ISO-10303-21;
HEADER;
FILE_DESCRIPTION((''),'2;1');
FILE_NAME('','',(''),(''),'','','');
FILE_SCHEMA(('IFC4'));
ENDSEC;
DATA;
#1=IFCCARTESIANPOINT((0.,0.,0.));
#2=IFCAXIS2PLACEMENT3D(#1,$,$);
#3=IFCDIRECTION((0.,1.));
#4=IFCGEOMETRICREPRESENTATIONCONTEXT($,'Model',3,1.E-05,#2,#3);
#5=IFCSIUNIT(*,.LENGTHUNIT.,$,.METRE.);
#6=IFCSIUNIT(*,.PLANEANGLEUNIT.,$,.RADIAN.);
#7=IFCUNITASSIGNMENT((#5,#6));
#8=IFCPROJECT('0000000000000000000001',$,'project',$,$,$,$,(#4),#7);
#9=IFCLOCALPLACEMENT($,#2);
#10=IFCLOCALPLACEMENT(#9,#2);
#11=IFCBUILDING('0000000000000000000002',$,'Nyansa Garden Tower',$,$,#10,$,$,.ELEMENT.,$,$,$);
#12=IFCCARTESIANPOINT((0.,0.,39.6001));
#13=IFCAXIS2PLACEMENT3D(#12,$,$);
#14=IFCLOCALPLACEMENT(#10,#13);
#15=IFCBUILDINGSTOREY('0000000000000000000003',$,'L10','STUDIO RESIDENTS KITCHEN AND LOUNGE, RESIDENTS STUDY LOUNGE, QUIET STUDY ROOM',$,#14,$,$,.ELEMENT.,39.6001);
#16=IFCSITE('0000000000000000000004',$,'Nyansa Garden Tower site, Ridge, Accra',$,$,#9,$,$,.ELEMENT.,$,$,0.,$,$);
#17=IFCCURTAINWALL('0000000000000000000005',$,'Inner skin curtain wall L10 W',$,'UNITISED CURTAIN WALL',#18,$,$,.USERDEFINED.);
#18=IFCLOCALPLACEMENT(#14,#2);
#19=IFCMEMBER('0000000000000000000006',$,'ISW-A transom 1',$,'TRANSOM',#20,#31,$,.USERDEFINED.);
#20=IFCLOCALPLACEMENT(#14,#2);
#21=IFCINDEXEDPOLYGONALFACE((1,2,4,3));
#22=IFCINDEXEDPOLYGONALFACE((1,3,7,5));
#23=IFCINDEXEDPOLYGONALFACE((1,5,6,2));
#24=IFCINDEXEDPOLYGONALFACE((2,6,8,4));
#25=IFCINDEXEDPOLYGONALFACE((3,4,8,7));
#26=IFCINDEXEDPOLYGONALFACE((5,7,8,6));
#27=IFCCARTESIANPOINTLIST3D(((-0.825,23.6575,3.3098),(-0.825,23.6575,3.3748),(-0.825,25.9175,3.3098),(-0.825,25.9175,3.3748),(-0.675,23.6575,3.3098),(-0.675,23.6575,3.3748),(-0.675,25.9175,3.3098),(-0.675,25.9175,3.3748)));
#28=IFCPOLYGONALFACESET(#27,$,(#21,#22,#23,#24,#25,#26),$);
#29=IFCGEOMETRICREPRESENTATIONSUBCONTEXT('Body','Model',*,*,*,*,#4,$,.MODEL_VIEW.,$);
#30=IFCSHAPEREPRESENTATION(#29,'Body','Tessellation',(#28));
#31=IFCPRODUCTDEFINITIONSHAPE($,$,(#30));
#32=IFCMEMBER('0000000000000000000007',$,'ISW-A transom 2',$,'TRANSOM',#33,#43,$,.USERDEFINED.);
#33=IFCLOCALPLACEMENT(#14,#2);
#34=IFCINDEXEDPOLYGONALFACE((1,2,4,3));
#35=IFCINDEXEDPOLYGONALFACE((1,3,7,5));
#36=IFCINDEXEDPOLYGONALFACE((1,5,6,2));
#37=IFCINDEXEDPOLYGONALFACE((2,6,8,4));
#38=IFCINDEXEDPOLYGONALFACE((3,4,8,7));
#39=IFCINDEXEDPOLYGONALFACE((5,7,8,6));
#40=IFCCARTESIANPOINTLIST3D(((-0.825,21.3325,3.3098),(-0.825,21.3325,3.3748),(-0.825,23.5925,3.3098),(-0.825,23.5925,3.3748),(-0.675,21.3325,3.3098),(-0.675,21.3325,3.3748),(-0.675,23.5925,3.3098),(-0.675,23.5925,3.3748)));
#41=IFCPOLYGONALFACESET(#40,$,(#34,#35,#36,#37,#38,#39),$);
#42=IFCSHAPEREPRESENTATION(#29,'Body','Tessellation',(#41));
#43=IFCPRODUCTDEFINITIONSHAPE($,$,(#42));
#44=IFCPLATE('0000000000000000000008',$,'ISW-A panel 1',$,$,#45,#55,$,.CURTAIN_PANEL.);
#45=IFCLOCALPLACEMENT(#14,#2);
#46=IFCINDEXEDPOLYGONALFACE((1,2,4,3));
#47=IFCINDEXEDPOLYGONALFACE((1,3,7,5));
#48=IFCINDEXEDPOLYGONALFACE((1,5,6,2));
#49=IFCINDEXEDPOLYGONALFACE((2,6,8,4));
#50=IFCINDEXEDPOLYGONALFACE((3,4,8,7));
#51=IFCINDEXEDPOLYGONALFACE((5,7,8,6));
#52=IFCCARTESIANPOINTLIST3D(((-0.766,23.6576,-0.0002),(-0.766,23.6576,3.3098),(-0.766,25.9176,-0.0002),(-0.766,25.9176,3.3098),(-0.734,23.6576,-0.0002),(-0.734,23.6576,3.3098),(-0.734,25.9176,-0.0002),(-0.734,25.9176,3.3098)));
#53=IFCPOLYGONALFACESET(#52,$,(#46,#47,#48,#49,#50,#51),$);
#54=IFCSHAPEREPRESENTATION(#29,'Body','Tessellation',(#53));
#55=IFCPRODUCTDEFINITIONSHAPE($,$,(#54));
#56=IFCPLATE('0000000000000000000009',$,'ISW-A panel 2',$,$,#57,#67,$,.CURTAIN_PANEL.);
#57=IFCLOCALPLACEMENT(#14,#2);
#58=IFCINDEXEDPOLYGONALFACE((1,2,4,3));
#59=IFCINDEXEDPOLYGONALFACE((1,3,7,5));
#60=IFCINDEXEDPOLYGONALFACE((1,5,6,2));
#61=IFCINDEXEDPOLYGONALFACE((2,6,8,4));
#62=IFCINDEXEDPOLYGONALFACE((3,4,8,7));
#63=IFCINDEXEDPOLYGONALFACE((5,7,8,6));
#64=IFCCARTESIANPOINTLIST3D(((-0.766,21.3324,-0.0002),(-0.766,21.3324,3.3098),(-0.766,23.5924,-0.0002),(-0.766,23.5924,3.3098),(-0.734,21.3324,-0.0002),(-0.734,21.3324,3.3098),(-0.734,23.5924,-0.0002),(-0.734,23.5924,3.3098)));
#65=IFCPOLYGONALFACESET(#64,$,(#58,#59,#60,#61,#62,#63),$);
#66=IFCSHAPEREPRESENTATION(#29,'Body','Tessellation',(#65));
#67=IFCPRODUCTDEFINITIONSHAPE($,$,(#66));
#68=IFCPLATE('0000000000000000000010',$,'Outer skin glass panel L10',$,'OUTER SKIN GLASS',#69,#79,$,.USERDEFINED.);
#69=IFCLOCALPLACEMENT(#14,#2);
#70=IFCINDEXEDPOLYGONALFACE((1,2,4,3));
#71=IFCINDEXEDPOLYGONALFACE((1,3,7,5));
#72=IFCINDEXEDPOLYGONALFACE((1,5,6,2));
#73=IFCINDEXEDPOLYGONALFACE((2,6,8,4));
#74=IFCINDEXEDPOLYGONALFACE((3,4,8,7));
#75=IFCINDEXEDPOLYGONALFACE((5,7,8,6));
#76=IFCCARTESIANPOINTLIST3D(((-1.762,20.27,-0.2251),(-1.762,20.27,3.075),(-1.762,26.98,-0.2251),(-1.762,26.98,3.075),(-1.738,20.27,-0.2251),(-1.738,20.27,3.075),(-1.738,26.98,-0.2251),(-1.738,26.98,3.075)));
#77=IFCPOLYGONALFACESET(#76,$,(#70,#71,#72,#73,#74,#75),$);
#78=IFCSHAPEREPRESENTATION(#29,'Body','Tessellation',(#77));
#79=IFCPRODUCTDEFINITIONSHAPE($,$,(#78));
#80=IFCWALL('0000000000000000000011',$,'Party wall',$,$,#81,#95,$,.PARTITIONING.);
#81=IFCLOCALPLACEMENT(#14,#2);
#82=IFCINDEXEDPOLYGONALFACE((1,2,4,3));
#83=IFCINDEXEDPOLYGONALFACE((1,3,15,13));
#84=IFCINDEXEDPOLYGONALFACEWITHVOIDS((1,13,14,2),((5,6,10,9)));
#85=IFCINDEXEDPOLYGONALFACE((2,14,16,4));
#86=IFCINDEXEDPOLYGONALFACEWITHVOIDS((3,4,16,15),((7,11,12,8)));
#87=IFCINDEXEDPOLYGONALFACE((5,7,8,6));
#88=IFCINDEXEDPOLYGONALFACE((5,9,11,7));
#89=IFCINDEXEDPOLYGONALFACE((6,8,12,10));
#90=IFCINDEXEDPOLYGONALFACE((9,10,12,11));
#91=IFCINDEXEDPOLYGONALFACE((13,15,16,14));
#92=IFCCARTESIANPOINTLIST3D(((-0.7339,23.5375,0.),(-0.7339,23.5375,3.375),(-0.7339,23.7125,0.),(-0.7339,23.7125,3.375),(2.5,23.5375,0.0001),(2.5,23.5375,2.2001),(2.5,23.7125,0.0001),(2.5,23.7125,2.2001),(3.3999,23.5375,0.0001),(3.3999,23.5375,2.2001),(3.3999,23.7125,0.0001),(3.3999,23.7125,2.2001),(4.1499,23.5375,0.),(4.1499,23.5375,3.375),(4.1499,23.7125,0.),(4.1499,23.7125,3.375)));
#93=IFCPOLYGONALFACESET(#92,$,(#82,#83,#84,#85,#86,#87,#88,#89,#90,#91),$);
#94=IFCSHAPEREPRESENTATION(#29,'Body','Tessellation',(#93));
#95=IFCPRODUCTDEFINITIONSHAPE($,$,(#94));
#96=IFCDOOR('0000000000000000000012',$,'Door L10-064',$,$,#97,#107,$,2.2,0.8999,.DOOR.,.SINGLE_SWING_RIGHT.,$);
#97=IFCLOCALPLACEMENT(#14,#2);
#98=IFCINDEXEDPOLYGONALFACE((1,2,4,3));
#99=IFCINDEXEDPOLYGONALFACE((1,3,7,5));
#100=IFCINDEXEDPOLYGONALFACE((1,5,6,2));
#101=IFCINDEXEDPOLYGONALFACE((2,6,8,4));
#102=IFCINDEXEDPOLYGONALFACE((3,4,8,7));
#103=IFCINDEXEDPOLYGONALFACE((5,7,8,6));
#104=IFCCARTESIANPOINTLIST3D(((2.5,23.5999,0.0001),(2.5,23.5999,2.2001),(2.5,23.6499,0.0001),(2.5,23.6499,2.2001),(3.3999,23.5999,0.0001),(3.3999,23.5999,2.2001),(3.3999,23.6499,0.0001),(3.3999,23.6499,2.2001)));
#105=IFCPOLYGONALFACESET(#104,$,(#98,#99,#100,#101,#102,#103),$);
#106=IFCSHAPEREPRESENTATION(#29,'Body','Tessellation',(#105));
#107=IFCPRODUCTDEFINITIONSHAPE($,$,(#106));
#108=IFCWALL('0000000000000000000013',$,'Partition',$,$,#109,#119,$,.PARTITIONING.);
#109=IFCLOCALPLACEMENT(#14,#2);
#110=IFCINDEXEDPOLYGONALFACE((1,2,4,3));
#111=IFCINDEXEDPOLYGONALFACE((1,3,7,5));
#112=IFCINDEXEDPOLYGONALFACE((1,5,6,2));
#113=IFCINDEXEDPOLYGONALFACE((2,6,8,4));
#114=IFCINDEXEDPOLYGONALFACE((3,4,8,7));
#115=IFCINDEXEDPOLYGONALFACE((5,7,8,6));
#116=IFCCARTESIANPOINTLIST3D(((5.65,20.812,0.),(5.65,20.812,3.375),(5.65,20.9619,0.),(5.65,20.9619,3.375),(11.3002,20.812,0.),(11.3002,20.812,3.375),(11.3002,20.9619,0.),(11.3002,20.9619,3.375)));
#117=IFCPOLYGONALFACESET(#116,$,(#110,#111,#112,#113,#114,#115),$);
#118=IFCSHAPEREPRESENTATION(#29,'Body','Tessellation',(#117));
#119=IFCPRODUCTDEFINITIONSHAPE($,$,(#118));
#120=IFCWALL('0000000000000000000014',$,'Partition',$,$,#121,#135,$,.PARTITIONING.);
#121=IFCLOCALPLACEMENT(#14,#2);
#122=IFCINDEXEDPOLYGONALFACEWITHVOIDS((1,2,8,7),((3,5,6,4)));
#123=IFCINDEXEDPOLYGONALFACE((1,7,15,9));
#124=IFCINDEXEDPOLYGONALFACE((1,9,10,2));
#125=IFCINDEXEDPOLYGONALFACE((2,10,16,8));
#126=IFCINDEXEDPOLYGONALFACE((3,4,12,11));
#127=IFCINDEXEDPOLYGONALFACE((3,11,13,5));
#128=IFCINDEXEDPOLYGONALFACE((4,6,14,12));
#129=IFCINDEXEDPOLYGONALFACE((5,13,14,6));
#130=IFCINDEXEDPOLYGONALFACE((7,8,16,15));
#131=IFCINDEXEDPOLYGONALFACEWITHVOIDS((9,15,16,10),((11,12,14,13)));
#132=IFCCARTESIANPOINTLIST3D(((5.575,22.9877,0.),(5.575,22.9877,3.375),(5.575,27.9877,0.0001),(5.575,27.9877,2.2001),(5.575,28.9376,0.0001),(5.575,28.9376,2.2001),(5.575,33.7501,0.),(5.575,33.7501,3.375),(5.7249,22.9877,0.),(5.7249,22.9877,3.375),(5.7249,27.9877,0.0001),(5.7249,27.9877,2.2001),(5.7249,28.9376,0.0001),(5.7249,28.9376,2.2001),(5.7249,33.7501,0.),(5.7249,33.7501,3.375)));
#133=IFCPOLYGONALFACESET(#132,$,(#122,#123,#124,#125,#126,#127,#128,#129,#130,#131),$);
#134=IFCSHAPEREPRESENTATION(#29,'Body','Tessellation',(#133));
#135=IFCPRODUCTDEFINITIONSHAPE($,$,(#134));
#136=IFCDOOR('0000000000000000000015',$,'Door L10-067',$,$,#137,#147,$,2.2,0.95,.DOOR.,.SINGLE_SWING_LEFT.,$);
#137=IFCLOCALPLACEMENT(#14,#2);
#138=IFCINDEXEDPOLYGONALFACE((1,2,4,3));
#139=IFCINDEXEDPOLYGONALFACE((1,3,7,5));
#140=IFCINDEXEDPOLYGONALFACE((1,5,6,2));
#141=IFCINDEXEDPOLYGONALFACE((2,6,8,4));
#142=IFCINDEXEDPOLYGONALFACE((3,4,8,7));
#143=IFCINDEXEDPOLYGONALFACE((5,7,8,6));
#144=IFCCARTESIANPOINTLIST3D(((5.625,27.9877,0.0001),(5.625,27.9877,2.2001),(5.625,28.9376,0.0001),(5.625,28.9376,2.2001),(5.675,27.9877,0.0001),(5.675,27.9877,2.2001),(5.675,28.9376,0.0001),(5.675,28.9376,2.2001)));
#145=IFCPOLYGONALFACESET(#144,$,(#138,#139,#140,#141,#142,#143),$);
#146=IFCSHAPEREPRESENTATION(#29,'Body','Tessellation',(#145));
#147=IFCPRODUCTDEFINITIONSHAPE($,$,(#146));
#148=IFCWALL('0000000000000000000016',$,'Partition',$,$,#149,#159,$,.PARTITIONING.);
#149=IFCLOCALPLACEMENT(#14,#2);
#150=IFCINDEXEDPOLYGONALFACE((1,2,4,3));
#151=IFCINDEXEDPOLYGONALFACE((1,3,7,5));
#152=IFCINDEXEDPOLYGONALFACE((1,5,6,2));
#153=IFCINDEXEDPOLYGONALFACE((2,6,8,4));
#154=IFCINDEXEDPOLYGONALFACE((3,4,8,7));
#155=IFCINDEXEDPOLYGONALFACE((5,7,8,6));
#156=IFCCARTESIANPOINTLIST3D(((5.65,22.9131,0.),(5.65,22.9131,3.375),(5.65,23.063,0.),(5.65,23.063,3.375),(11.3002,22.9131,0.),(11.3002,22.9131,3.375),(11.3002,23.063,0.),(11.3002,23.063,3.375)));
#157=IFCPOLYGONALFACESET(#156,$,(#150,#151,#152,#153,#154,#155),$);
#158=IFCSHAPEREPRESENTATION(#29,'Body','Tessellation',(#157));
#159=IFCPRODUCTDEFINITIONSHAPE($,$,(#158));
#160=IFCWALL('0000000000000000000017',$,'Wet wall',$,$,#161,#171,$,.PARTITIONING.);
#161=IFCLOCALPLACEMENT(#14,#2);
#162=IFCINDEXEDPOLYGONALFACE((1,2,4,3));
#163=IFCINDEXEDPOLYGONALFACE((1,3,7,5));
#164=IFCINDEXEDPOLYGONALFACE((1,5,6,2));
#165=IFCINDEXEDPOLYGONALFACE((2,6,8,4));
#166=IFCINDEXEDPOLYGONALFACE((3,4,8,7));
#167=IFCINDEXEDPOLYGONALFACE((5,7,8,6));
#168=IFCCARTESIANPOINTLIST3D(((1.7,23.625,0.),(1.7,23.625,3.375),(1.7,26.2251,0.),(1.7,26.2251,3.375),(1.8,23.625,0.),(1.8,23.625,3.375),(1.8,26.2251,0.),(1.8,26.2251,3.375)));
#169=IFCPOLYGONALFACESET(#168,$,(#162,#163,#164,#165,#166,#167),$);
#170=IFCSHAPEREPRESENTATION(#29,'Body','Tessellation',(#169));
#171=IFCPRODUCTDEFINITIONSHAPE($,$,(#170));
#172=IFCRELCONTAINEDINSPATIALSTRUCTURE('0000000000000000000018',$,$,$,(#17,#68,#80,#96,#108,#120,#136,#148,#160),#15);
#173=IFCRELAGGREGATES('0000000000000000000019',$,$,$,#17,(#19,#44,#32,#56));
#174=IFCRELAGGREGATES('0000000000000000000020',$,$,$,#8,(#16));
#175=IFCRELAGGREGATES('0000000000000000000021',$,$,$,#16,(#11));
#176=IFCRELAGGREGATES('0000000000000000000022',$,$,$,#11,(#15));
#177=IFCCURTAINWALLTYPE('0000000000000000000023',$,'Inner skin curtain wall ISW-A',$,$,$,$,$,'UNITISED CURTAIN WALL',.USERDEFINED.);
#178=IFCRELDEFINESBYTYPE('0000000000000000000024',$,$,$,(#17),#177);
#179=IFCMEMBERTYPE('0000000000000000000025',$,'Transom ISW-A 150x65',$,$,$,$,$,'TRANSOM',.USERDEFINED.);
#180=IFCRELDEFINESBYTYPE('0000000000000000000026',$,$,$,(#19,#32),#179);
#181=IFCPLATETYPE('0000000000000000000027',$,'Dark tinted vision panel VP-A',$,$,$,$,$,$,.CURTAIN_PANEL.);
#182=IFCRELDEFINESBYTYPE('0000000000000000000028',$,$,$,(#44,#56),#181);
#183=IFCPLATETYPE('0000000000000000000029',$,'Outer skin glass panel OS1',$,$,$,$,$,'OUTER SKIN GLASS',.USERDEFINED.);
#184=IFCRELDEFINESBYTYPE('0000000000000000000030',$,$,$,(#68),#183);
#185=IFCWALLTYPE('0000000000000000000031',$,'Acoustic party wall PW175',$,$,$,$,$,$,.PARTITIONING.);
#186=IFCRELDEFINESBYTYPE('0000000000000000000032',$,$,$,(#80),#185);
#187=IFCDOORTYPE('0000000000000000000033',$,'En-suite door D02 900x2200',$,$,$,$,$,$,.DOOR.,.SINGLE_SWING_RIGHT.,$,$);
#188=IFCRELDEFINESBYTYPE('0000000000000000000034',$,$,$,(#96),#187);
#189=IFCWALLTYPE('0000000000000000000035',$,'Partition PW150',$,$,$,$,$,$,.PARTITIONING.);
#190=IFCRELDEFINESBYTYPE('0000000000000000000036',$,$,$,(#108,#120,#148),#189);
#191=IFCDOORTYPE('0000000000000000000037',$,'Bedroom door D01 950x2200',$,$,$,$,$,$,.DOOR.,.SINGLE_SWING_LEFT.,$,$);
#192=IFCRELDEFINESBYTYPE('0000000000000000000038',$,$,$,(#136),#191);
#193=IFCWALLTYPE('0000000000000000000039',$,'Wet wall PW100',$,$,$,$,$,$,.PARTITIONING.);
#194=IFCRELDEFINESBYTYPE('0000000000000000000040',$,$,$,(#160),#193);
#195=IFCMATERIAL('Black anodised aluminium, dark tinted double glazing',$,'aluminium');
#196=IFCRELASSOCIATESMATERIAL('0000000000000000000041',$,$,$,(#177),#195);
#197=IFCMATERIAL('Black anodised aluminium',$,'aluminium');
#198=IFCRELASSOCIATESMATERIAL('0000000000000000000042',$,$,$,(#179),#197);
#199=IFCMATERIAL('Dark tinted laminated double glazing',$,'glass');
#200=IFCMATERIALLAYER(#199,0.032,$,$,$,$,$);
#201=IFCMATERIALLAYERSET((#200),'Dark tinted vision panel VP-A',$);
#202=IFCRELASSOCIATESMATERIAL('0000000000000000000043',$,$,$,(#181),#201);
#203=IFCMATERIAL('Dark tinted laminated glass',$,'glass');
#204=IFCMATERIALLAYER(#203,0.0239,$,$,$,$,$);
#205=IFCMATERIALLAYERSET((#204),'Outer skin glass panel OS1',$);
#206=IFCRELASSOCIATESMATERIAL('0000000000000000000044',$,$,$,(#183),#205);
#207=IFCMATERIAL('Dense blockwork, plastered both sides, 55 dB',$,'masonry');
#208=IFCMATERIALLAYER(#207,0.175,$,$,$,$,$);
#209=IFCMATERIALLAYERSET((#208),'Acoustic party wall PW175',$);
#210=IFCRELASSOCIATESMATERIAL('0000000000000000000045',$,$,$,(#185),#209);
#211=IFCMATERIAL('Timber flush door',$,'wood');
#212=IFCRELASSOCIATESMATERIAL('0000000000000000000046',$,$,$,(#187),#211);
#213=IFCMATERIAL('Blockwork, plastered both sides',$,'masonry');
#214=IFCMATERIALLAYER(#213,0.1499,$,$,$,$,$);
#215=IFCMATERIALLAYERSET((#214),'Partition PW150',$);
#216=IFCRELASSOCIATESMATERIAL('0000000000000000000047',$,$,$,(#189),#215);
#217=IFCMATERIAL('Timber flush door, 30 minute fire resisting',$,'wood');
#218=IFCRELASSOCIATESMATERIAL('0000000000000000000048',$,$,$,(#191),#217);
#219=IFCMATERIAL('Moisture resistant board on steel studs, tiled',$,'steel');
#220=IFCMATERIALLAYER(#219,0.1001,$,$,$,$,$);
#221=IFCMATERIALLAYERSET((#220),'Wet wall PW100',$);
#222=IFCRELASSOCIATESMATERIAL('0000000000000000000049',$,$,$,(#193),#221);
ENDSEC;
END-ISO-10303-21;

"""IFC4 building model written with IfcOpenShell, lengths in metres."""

from ifc_helpers import new_model, si_unit, direction, frame, frame_2d, origin, origin_2d, place, context, subcontext, project, spatial, rectangle, extrude, material, layer, layer_set, material_profile, profile_set, type_object, element, fill, aggregate, save


model = new_model("IFC4")

# Units and contexts
model_context = context("Model", 3, precision=1e-05, world=origin(), true_north=direction((0.0, 1.0)))
body_context = subcontext(model_context, "Body", "Model", "MODEL_VIEW")
ifc_project = project(units=[si_unit("LENGTHUNIT", "METRE"), si_unit("PLANEANGLEUNIT", "RADIAN")], contexts=[model_context])

# Site, building, storey
site_placement = place(None, origin())
site = spatial("IfcSite", under=ifc_project, at=site_placement, Name="Nyansa Garden Tower site, Ridge, Accra", CompositionType="ELEMENT", RefElevation=0.0)
building_placement = place(site_placement, origin())
building = spatial("IfcBuilding", under=site, at=building_placement, Name="Nyansa Garden Tower", CompositionType="ELEMENT")
storey_placement = place(building_placement, frame((0.0, 0.0, 39.6001)))
storey = spatial("IfcBuildingStorey", under=building, at=storey_placement, Name="L10", Description="STUDIO RESIDENTS KITCHEN AND LOUNGE, RESIDENTS STUDY LOUNGE, QUIET STUDY ROOM", CompositionType="ELEMENT", Elevation=39.6001)

# Curtain wall
ifc_material_1 = material(Name="Black anodised aluminium, dark tinted double glazing", Category="aluminium")
curtain_wall_type = type_object("IfcCurtainWallType", Name="Inner skin curtain wall ISW-A", ElementType="UNITISED CURTAIN WALL", PredefinedType="USERDEFINED", material=ifc_material_1)
curtain_wall_placement = place(storey_placement, origin())
curtain_wall = element("IfcCurtainWall", 1, at=curtain_wall_placement, inside=storey, type_object=curtain_wall_type, Name="Inner skin curtain wall L10 W", ObjectType="UNITISED CURTAIN WALL", PredefinedType="USERDEFINED")

# Members
ifc_material_2 = material(Name="Black anodised aluminium", Category="aluminium")
ifc_material_profile_1 = material_profile(ifc_material_2, rectangle(XDim=0.1499, YDim=0.0649, at=origin_2d()), Name="Transom 150x65")
ifc_profile_set_1 = profile_set([ifc_material_profile_1], Name="Black anodised aluminium")
member_type_1 = type_object("IfcMemberType", Name="Transom ISW-A 150x65", ElementType="TRANSOM", PredefinedType="USERDEFINED", material=ifc_profile_set_1)
member_1_placement = place(storey_placement, frame((-0.75, 25.9175, 3.3423), z_axis=(0.0, -1.0, 0.0), x_axis=(1.0, 0.0, 0.0)))
member_1 = element("IfcMember", 2, at=member_1_placement, type_object=member_type_1, Name="ISW-A transom 1", ObjectType="TRANSOM", PredefinedType="USERDEFINED", context=body_context, shape_type="SweptSolid", body=[
    extrude(rectangle(XDim=0.1499, YDim=0.0649, at=origin_2d()), origin(), (0.0, 0.0, 1.0), 2.26),
])
member_2_placement = place(storey_placement, frame((-0.75, 23.5925, 3.3423), z_axis=(0.0, -1.0, 0.0), x_axis=(1.0, 0.0, 0.0)))
member_2 = element("IfcMember", 3, at=member_2_placement, type_object=member_type_1, Name="ISW-A transom 2", ObjectType="TRANSOM", PredefinedType="USERDEFINED", context=body_context, shape_type="SweptSolid", body=[
    extrude(rectangle(XDim=0.1499, YDim=0.0649, at=origin_2d()), origin(), (0.0, 0.0, 1.0), 2.26),
])

# Plates
ifc_material_3 = material(Name="Dark tinted laminated double glazing", Category="glass")
ifc_layer_1 = layer(ifc_material_3, 0.032)
ifc_layer_set_1 = layer_set([ifc_layer_1], Name="Dark tinted vision panel VP-A")
plate_type_1 = type_object("IfcPlateType", Name="Dark tinted vision panel VP-A", PredefinedType="CURTAIN_PANEL", material=ifc_layer_set_1)
plate_1_placement = place(storey_placement, frame((-0.75, 24.7876, -0.0002), z_axis=(0.0, 0.0, 1.0), x_axis=(0.0, -1.0, 0.0)))
plate_1 = element("IfcPlate", 4, at=plate_1_placement, type_object=plate_type_1, Name="ISW-A panel 1", PredefinedType="CURTAIN_PANEL", context=body_context, shape_type="SweptSolid", body=[
    extrude(rectangle(XDim=2.26, YDim=0.032, at=origin_2d()), origin(), (0.0, 0.0, 1.0), 3.3101),
])
plate_2_placement = place(storey_placement, frame((-0.75, 22.4624, -0.0002), z_axis=(0.0, 0.0, 1.0), x_axis=(0.0, -1.0, 0.0)))
plate_2 = element("IfcPlate", 5, at=plate_2_placement, type_object=plate_type_1, Name="ISW-A panel 2", PredefinedType="CURTAIN_PANEL", context=body_context, shape_type="SweptSolid", body=[
    extrude(rectangle(XDim=2.26, YDim=0.032, at=origin_2d()), origin(), (0.0, 0.0, 1.0), 3.3101),
])
aggregate(curtain_wall, [member_1, plate_1, member_2, plate_2])
ifc_material_4 = material(Name="Dark tinted laminated glass", Category="glass")
ifc_layer_2 = layer(ifc_material_4, 0.0239)
ifc_layer_set_2 = layer_set([ifc_layer_2], Name="Outer skin glass panel OS1")
plate_type_2 = type_object("IfcPlateType", Name="Outer skin glass panel OS1", ElementType="OUTER SKIN GLASS", PredefinedType="USERDEFINED", material=ifc_layer_set_2)
plate_3_placement = place(storey_placement, frame((-1.75, 23.625, -0.2251), z_axis=(0.0, 0.0, 1.0), x_axis=(0.0, 1.0, 0.0)))
element("IfcPlate", 6, at=plate_3_placement, inside=storey, type_object=plate_type_2, Name="Outer skin glass panel L10", ObjectType="OUTER SKIN GLASS", PredefinedType="USERDEFINED", context=body_context, shape_type="SweptSolid", body=[
    extrude(rectangle(XDim=6.71, YDim=0.0239, at=origin_2d()), origin(), (0.0, 0.0, 1.0), 3.3),
])

# Wall, opening, door
ifc_material_5 = material(Name="Dense blockwork, plastered both sides, 55 dB", Category="masonry")
ifc_layer_3 = layer(ifc_material_5, 0.175)
ifc_layer_set_3 = layer_set([ifc_layer_3], Name="Acoustic party wall PW175")
wall_type_1 = type_object("IfcWallType", Name="Acoustic party wall PW175", PredefinedType="PARTITIONING", material=ifc_layer_set_3)
wall_1_placement = place(storey_placement, frame((-0.7339, 23.625, 0.0), z_axis=(0.0, 0.0, 1.0), x_axis=(1.0, 0.0, 0.0)))
wall_1 = element("IfcWall", 7, at=wall_1_placement, inside=storey, type_object=wall_type_1, Name="Party wall", PredefinedType="PARTITIONING", context=body_context, shape_type="SweptSolid", body=[
    extrude(rectangle(XDim=4.8838, YDim=0.175, at=frame_2d((2.4419, 0.0))), origin(), (0.0, 0.0, 1.0), 3.375),
])
opening_1_placement = place(wall_1_placement, frame((3.2339, 0.0, 0.0)))
opening_1 = element("IfcOpeningElement", 8, at=opening_1_placement, cuts=wall_1, PredefinedType="OPENING", context=body_context, shape_type="SweptSolid", body=[
    extrude(rectangle(XDim=0.8999, YDim=2.2, at=frame_2d((0.45, 1.1001))), frame((0.0, 0.0974, 0.0), z_axis=(0.0, -1.0, 0.0), x_axis=(1.0, 0.0, 0.0)), (0.0, 0.0, 1.0), 0.1951),
])
ifc_material_6 = material(Name="Timber flush door", Category="wood")
door_type_1 = type_object("IfcDoorType", Name="En-suite door D02 900x2200", OperationType="SINGLE_SWING_RIGHT", PredefinedType="DOOR", material=ifc_material_6)
door_1_placement = place(opening_1_placement, origin())
door_1 = element("IfcDoor", 9, at=door_1_placement, inside=storey, type_object=door_type_1, Name="Door L10-064", OperationType="SINGLE_SWING_RIGHT", OverallHeight=2.2, OverallWidth=0.8999, PredefinedType="DOOR", context=body_context, shape_type="SweptSolid", body=[
    extrude(rectangle(XDim=0.8999, YDim=2.2, at=frame_2d((0.45, 1.1001))), frame((0.0, 0.0249, 0.0), z_axis=(0.0, -1.0, 0.0), x_axis=(1.0, 0.0, 0.0)), (0.0, 0.0, 1.0), 0.05),
])
fill(opening_1, door_1)

# Wall
ifc_material_7 = material(Name="Blockwork, plastered both sides", Category="masonry")
ifc_layer_4 = layer(ifc_material_7, 0.1499)
ifc_layer_set_4 = layer_set([ifc_layer_4], Name="Partition PW150")
wall_type_2 = type_object("IfcWallType", Name="Partition PW150", PredefinedType="PARTITIONING", material=ifc_layer_set_4)
wall_2_placement = place(storey_placement, frame((5.6499, 20.887, 0.0), z_axis=(0.0, 0.0, 1.0), x_axis=(1.0, 0.0, 0.0)))
element("IfcWall", 10, at=wall_2_placement, inside=storey, type_object=wall_type_2, Name="Partition", PredefinedType="PARTITIONING", context=body_context, shape_type="SweptSolid", body=[
    extrude(rectangle(XDim=5.6501, YDim=0.1499, at=frame_2d((2.8252, 0.0))), origin(), (0.0, 0.0, 1.0), 3.375),
])

# Wall, opening, door
wall_3_placement = place(storey_placement, frame((5.6499, 22.9875, 0.0), z_axis=(0.0, 0.0, 1.0), x_axis=(0.0, 1.0, 0.0)))
wall_3 = element("IfcWall", 11, at=wall_3_placement, inside=storey, type_object=wall_type_2, Name="Partition", PredefinedType="PARTITIONING", context=body_context, shape_type="SweptSolid", body=[
    extrude(rectangle(XDim=10.7625, YDim=0.1499, at=frame_2d((5.3813, 0.0))), origin(), (0.0, 0.0, 1.0), 3.375),
])
opening_2_placement = place(wall_3_placement, frame((5.0, 0.0, 0.0)))
opening_2 = element("IfcOpeningElement", 12, at=opening_2_placement, cuts=wall_3, PredefinedType="OPENING", context=body_context, shape_type="SweptSolid", body=[
    extrude(rectangle(XDim=0.95, YDim=2.2, at=frame_2d((0.4751, 1.1001))), frame((0.0, 0.085, 0.0), z_axis=(0.0, -1.0, 0.0), x_axis=(1.0, 0.0, 0.0)), (0.0, 0.0, 1.0), 0.1699),
])
ifc_material_8 = material(Name="Timber flush door, 30 minute fire resisting", Category="wood")
door_type_2 = type_object("IfcDoorType", Name="Bedroom door D01 950x2200", OperationType="SINGLE_SWING_LEFT", PredefinedType="DOOR", material=ifc_material_8)
door_2_placement = place(opening_2_placement, origin())
door_2 = element("IfcDoor", 13, at=door_2_placement, inside=storey, type_object=door_type_2, Name="Door L10-067", OperationType="SINGLE_SWING_LEFT", OverallHeight=2.2, OverallWidth=0.95, PredefinedType="DOOR", context=body_context, shape_type="SweptSolid", body=[
    extrude(rectangle(XDim=0.95, YDim=2.2, at=frame_2d((0.4751, 1.1001))), frame((0.0, 0.0249, 0.0), z_axis=(0.0, -1.0, 0.0), x_axis=(1.0, 0.0, 0.0)), (0.0, 0.0, 1.0), 0.05),
])
fill(opening_2, door_2)

# Walls
wall_4_placement = place(storey_placement, frame((5.6499, 22.988, 0.0), z_axis=(0.0, 0.0, 1.0), x_axis=(1.0, 0.0, 0.0)))
element("IfcWall", 14, at=wall_4_placement, inside=storey, type_object=wall_type_2, Name="Partition", PredefinedType="PARTITIONING", context=body_context, shape_type="SweptSolid", body=[
    extrude(rectangle(XDim=5.6501, YDim=0.1499, at=frame_2d((2.8252, 0.0))), origin(), (0.0, 0.0, 1.0), 3.375),
])
ifc_material_9 = material(Name="Moisture resistant board on steel studs, tiled", Category="steel")
ifc_layer_5 = layer(ifc_material_9, 0.1001)
ifc_layer_set_5 = layer_set([ifc_layer_5], Name="Wet wall PW100")
wall_type_3 = type_object("IfcWallType", Name="Wet wall PW100", PredefinedType="PARTITIONING", material=ifc_layer_set_5)
wall_5_placement = place(storey_placement, frame((1.75, 23.625, 0.0), z_axis=(0.0, 0.0, 1.0), x_axis=(0.0, 1.0, 0.0)))
element("IfcWall", 15, at=wall_5_placement, inside=storey, type_object=wall_type_3, Name="Wet wall", PredefinedType="PARTITIONING", context=body_context, shape_type="SweptSolid", body=[
    extrude(rectangle(XDim=2.6001, YDim=0.1001, at=frame_2d((1.3, 0.0))), origin(), (0.0, 0.0, 1.0), 3.375),
])

save(model, "model.ifc")
